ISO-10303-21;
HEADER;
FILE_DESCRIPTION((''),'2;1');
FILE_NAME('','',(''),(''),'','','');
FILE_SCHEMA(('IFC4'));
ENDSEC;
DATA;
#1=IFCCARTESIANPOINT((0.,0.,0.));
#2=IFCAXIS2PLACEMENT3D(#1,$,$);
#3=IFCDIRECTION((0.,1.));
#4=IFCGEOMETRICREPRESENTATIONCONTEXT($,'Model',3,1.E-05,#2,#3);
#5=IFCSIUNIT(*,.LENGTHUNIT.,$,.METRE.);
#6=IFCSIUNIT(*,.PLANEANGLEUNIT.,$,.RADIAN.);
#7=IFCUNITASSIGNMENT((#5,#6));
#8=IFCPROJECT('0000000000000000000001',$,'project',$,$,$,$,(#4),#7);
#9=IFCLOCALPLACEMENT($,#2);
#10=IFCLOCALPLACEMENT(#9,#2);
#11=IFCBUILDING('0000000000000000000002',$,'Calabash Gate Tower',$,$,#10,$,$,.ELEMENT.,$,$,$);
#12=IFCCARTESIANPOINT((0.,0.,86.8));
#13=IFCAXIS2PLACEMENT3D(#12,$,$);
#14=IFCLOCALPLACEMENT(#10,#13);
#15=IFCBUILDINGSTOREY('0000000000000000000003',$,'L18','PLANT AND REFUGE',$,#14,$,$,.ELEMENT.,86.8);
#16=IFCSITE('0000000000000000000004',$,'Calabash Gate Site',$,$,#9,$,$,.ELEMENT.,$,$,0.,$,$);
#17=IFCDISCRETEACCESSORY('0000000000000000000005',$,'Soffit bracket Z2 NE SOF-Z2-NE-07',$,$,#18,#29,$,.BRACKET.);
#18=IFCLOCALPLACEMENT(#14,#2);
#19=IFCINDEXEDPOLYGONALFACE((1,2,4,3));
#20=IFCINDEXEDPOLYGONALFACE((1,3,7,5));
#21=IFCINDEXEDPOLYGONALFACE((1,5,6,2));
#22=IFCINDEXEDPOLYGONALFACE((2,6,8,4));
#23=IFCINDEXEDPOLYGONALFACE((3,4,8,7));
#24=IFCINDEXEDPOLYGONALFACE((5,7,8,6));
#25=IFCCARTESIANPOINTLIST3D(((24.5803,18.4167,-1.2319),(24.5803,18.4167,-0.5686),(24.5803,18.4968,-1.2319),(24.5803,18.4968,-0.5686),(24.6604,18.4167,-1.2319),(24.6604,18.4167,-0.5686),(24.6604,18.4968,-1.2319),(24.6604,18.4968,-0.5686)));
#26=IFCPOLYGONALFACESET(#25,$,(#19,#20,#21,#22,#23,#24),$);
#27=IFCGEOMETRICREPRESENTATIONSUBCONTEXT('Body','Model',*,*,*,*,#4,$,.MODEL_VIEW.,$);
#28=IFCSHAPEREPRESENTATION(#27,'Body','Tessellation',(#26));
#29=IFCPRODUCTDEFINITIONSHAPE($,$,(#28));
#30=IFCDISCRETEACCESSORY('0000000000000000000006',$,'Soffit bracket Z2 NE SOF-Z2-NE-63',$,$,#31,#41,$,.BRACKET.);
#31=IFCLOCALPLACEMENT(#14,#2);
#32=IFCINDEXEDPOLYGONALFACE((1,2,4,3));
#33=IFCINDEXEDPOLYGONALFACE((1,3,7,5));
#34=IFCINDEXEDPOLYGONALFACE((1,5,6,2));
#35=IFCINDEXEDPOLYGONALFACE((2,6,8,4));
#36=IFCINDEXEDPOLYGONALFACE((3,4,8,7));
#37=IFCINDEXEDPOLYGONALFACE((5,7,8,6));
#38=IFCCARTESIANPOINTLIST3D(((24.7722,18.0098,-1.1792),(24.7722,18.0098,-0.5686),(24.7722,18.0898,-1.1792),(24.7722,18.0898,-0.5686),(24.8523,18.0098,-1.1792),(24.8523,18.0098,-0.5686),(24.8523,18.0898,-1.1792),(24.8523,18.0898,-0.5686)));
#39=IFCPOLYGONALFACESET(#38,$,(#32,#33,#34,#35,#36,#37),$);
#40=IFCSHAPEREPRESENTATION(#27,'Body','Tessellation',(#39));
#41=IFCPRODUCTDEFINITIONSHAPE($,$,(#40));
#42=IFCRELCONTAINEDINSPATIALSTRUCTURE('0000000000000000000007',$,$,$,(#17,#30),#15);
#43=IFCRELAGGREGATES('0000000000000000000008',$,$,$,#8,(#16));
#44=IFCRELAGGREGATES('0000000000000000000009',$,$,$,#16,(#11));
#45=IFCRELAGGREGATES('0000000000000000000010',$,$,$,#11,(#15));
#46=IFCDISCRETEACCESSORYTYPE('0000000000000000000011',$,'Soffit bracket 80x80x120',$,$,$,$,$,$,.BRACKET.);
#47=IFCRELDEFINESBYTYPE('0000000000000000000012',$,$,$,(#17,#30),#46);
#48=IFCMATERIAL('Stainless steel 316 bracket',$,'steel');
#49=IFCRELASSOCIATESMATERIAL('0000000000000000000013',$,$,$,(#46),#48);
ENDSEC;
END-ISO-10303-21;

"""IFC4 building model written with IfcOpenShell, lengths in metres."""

from ifc_helpers import new_model, si_unit, direction, frame, origin, origin_2d, place, context, subcontext, project, spatial, rectangle, extrude, material, type_object, element, save


model = new_model("IFC4")

# Units and contexts
model_context = context("Model", 3, precision=1e-05, world=origin(), true_north=direction((0.0, 1.0)))
body_context = subcontext(model_context, "Body", "Model", "MODEL_VIEW")
ifc_project = project(units=[si_unit("LENGTHUNIT", "METRE"), si_unit("PLANEANGLEUNIT", "RADIAN")], contexts=[model_context])

# Site, building, storey
site_placement = place(None, origin())
site = spatial("IfcSite", under=ifc_project, at=site_placement, Name="Calabash Gate Site", CompositionType="ELEMENT", RefElevation=0.0)
building_placement = place(site_placement, origin())
building = spatial("IfcBuilding", under=site, at=building_placement, Name="Calabash Gate Tower", CompositionType="ELEMENT")
storey_placement = place(building_placement, frame((0.0, 0.0, 86.8)))
storey = spatial("IfcBuildingStorey", under=building, at=storey_placement, Name="L18", Description="PLANT AND REFUGE", CompositionType="ELEMENT", Elevation=86.8)

# Discrete accessories
ifc_material_1 = material(Name="Stainless steel 316 bracket", Category="steel")
discrete_accessory_type_1 = type_object("IfcDiscreteAccessoryType", Name="Soffit bracket 80x80x120", PredefinedType="BRACKET", material=ifc_material_1)
discrete_accessory_1_placement = place(storey_placement, frame((24.6204, 18.4568, -1.2319), z_axis=(0.0, 0.0, 1.0), x_axis=(1.0, 0.0, 0.0)))
element("IfcDiscreteAccessory", 1, at=discrete_accessory_1_placement, inside=storey, type_object=discrete_accessory_type_1, Name="Soffit bracket Z2 NE SOF-Z2-NE-07", PredefinedType="BRACKET", context=body_context, shape_type="SweptSolid", body=[
    extrude(rectangle(XDim=0.0801, YDim=0.0801, at=origin_2d()), origin(), (0.0, 0.0, 1.0), 0.6633),
])
discrete_accessory_2_placement = place(storey_placement, frame((24.8123, 18.0498, -1.1792), z_axis=(0.0, 0.0, 1.0), x_axis=(1.0, 0.0, 0.0)))
element("IfcDiscreteAccessory", 2, at=discrete_accessory_2_placement, inside=storey, type_object=discrete_accessory_type_1, Name="Soffit bracket Z2 NE SOF-Z2-NE-63", PredefinedType="BRACKET", context=body_context, shape_type="SweptSolid", body=[
    extrude(rectangle(XDim=0.0801, YDim=0.0801, at=origin_2d()), origin(), (0.0, 0.0, 1.0), 0.6106),
])

save(model, "model.ifc")
